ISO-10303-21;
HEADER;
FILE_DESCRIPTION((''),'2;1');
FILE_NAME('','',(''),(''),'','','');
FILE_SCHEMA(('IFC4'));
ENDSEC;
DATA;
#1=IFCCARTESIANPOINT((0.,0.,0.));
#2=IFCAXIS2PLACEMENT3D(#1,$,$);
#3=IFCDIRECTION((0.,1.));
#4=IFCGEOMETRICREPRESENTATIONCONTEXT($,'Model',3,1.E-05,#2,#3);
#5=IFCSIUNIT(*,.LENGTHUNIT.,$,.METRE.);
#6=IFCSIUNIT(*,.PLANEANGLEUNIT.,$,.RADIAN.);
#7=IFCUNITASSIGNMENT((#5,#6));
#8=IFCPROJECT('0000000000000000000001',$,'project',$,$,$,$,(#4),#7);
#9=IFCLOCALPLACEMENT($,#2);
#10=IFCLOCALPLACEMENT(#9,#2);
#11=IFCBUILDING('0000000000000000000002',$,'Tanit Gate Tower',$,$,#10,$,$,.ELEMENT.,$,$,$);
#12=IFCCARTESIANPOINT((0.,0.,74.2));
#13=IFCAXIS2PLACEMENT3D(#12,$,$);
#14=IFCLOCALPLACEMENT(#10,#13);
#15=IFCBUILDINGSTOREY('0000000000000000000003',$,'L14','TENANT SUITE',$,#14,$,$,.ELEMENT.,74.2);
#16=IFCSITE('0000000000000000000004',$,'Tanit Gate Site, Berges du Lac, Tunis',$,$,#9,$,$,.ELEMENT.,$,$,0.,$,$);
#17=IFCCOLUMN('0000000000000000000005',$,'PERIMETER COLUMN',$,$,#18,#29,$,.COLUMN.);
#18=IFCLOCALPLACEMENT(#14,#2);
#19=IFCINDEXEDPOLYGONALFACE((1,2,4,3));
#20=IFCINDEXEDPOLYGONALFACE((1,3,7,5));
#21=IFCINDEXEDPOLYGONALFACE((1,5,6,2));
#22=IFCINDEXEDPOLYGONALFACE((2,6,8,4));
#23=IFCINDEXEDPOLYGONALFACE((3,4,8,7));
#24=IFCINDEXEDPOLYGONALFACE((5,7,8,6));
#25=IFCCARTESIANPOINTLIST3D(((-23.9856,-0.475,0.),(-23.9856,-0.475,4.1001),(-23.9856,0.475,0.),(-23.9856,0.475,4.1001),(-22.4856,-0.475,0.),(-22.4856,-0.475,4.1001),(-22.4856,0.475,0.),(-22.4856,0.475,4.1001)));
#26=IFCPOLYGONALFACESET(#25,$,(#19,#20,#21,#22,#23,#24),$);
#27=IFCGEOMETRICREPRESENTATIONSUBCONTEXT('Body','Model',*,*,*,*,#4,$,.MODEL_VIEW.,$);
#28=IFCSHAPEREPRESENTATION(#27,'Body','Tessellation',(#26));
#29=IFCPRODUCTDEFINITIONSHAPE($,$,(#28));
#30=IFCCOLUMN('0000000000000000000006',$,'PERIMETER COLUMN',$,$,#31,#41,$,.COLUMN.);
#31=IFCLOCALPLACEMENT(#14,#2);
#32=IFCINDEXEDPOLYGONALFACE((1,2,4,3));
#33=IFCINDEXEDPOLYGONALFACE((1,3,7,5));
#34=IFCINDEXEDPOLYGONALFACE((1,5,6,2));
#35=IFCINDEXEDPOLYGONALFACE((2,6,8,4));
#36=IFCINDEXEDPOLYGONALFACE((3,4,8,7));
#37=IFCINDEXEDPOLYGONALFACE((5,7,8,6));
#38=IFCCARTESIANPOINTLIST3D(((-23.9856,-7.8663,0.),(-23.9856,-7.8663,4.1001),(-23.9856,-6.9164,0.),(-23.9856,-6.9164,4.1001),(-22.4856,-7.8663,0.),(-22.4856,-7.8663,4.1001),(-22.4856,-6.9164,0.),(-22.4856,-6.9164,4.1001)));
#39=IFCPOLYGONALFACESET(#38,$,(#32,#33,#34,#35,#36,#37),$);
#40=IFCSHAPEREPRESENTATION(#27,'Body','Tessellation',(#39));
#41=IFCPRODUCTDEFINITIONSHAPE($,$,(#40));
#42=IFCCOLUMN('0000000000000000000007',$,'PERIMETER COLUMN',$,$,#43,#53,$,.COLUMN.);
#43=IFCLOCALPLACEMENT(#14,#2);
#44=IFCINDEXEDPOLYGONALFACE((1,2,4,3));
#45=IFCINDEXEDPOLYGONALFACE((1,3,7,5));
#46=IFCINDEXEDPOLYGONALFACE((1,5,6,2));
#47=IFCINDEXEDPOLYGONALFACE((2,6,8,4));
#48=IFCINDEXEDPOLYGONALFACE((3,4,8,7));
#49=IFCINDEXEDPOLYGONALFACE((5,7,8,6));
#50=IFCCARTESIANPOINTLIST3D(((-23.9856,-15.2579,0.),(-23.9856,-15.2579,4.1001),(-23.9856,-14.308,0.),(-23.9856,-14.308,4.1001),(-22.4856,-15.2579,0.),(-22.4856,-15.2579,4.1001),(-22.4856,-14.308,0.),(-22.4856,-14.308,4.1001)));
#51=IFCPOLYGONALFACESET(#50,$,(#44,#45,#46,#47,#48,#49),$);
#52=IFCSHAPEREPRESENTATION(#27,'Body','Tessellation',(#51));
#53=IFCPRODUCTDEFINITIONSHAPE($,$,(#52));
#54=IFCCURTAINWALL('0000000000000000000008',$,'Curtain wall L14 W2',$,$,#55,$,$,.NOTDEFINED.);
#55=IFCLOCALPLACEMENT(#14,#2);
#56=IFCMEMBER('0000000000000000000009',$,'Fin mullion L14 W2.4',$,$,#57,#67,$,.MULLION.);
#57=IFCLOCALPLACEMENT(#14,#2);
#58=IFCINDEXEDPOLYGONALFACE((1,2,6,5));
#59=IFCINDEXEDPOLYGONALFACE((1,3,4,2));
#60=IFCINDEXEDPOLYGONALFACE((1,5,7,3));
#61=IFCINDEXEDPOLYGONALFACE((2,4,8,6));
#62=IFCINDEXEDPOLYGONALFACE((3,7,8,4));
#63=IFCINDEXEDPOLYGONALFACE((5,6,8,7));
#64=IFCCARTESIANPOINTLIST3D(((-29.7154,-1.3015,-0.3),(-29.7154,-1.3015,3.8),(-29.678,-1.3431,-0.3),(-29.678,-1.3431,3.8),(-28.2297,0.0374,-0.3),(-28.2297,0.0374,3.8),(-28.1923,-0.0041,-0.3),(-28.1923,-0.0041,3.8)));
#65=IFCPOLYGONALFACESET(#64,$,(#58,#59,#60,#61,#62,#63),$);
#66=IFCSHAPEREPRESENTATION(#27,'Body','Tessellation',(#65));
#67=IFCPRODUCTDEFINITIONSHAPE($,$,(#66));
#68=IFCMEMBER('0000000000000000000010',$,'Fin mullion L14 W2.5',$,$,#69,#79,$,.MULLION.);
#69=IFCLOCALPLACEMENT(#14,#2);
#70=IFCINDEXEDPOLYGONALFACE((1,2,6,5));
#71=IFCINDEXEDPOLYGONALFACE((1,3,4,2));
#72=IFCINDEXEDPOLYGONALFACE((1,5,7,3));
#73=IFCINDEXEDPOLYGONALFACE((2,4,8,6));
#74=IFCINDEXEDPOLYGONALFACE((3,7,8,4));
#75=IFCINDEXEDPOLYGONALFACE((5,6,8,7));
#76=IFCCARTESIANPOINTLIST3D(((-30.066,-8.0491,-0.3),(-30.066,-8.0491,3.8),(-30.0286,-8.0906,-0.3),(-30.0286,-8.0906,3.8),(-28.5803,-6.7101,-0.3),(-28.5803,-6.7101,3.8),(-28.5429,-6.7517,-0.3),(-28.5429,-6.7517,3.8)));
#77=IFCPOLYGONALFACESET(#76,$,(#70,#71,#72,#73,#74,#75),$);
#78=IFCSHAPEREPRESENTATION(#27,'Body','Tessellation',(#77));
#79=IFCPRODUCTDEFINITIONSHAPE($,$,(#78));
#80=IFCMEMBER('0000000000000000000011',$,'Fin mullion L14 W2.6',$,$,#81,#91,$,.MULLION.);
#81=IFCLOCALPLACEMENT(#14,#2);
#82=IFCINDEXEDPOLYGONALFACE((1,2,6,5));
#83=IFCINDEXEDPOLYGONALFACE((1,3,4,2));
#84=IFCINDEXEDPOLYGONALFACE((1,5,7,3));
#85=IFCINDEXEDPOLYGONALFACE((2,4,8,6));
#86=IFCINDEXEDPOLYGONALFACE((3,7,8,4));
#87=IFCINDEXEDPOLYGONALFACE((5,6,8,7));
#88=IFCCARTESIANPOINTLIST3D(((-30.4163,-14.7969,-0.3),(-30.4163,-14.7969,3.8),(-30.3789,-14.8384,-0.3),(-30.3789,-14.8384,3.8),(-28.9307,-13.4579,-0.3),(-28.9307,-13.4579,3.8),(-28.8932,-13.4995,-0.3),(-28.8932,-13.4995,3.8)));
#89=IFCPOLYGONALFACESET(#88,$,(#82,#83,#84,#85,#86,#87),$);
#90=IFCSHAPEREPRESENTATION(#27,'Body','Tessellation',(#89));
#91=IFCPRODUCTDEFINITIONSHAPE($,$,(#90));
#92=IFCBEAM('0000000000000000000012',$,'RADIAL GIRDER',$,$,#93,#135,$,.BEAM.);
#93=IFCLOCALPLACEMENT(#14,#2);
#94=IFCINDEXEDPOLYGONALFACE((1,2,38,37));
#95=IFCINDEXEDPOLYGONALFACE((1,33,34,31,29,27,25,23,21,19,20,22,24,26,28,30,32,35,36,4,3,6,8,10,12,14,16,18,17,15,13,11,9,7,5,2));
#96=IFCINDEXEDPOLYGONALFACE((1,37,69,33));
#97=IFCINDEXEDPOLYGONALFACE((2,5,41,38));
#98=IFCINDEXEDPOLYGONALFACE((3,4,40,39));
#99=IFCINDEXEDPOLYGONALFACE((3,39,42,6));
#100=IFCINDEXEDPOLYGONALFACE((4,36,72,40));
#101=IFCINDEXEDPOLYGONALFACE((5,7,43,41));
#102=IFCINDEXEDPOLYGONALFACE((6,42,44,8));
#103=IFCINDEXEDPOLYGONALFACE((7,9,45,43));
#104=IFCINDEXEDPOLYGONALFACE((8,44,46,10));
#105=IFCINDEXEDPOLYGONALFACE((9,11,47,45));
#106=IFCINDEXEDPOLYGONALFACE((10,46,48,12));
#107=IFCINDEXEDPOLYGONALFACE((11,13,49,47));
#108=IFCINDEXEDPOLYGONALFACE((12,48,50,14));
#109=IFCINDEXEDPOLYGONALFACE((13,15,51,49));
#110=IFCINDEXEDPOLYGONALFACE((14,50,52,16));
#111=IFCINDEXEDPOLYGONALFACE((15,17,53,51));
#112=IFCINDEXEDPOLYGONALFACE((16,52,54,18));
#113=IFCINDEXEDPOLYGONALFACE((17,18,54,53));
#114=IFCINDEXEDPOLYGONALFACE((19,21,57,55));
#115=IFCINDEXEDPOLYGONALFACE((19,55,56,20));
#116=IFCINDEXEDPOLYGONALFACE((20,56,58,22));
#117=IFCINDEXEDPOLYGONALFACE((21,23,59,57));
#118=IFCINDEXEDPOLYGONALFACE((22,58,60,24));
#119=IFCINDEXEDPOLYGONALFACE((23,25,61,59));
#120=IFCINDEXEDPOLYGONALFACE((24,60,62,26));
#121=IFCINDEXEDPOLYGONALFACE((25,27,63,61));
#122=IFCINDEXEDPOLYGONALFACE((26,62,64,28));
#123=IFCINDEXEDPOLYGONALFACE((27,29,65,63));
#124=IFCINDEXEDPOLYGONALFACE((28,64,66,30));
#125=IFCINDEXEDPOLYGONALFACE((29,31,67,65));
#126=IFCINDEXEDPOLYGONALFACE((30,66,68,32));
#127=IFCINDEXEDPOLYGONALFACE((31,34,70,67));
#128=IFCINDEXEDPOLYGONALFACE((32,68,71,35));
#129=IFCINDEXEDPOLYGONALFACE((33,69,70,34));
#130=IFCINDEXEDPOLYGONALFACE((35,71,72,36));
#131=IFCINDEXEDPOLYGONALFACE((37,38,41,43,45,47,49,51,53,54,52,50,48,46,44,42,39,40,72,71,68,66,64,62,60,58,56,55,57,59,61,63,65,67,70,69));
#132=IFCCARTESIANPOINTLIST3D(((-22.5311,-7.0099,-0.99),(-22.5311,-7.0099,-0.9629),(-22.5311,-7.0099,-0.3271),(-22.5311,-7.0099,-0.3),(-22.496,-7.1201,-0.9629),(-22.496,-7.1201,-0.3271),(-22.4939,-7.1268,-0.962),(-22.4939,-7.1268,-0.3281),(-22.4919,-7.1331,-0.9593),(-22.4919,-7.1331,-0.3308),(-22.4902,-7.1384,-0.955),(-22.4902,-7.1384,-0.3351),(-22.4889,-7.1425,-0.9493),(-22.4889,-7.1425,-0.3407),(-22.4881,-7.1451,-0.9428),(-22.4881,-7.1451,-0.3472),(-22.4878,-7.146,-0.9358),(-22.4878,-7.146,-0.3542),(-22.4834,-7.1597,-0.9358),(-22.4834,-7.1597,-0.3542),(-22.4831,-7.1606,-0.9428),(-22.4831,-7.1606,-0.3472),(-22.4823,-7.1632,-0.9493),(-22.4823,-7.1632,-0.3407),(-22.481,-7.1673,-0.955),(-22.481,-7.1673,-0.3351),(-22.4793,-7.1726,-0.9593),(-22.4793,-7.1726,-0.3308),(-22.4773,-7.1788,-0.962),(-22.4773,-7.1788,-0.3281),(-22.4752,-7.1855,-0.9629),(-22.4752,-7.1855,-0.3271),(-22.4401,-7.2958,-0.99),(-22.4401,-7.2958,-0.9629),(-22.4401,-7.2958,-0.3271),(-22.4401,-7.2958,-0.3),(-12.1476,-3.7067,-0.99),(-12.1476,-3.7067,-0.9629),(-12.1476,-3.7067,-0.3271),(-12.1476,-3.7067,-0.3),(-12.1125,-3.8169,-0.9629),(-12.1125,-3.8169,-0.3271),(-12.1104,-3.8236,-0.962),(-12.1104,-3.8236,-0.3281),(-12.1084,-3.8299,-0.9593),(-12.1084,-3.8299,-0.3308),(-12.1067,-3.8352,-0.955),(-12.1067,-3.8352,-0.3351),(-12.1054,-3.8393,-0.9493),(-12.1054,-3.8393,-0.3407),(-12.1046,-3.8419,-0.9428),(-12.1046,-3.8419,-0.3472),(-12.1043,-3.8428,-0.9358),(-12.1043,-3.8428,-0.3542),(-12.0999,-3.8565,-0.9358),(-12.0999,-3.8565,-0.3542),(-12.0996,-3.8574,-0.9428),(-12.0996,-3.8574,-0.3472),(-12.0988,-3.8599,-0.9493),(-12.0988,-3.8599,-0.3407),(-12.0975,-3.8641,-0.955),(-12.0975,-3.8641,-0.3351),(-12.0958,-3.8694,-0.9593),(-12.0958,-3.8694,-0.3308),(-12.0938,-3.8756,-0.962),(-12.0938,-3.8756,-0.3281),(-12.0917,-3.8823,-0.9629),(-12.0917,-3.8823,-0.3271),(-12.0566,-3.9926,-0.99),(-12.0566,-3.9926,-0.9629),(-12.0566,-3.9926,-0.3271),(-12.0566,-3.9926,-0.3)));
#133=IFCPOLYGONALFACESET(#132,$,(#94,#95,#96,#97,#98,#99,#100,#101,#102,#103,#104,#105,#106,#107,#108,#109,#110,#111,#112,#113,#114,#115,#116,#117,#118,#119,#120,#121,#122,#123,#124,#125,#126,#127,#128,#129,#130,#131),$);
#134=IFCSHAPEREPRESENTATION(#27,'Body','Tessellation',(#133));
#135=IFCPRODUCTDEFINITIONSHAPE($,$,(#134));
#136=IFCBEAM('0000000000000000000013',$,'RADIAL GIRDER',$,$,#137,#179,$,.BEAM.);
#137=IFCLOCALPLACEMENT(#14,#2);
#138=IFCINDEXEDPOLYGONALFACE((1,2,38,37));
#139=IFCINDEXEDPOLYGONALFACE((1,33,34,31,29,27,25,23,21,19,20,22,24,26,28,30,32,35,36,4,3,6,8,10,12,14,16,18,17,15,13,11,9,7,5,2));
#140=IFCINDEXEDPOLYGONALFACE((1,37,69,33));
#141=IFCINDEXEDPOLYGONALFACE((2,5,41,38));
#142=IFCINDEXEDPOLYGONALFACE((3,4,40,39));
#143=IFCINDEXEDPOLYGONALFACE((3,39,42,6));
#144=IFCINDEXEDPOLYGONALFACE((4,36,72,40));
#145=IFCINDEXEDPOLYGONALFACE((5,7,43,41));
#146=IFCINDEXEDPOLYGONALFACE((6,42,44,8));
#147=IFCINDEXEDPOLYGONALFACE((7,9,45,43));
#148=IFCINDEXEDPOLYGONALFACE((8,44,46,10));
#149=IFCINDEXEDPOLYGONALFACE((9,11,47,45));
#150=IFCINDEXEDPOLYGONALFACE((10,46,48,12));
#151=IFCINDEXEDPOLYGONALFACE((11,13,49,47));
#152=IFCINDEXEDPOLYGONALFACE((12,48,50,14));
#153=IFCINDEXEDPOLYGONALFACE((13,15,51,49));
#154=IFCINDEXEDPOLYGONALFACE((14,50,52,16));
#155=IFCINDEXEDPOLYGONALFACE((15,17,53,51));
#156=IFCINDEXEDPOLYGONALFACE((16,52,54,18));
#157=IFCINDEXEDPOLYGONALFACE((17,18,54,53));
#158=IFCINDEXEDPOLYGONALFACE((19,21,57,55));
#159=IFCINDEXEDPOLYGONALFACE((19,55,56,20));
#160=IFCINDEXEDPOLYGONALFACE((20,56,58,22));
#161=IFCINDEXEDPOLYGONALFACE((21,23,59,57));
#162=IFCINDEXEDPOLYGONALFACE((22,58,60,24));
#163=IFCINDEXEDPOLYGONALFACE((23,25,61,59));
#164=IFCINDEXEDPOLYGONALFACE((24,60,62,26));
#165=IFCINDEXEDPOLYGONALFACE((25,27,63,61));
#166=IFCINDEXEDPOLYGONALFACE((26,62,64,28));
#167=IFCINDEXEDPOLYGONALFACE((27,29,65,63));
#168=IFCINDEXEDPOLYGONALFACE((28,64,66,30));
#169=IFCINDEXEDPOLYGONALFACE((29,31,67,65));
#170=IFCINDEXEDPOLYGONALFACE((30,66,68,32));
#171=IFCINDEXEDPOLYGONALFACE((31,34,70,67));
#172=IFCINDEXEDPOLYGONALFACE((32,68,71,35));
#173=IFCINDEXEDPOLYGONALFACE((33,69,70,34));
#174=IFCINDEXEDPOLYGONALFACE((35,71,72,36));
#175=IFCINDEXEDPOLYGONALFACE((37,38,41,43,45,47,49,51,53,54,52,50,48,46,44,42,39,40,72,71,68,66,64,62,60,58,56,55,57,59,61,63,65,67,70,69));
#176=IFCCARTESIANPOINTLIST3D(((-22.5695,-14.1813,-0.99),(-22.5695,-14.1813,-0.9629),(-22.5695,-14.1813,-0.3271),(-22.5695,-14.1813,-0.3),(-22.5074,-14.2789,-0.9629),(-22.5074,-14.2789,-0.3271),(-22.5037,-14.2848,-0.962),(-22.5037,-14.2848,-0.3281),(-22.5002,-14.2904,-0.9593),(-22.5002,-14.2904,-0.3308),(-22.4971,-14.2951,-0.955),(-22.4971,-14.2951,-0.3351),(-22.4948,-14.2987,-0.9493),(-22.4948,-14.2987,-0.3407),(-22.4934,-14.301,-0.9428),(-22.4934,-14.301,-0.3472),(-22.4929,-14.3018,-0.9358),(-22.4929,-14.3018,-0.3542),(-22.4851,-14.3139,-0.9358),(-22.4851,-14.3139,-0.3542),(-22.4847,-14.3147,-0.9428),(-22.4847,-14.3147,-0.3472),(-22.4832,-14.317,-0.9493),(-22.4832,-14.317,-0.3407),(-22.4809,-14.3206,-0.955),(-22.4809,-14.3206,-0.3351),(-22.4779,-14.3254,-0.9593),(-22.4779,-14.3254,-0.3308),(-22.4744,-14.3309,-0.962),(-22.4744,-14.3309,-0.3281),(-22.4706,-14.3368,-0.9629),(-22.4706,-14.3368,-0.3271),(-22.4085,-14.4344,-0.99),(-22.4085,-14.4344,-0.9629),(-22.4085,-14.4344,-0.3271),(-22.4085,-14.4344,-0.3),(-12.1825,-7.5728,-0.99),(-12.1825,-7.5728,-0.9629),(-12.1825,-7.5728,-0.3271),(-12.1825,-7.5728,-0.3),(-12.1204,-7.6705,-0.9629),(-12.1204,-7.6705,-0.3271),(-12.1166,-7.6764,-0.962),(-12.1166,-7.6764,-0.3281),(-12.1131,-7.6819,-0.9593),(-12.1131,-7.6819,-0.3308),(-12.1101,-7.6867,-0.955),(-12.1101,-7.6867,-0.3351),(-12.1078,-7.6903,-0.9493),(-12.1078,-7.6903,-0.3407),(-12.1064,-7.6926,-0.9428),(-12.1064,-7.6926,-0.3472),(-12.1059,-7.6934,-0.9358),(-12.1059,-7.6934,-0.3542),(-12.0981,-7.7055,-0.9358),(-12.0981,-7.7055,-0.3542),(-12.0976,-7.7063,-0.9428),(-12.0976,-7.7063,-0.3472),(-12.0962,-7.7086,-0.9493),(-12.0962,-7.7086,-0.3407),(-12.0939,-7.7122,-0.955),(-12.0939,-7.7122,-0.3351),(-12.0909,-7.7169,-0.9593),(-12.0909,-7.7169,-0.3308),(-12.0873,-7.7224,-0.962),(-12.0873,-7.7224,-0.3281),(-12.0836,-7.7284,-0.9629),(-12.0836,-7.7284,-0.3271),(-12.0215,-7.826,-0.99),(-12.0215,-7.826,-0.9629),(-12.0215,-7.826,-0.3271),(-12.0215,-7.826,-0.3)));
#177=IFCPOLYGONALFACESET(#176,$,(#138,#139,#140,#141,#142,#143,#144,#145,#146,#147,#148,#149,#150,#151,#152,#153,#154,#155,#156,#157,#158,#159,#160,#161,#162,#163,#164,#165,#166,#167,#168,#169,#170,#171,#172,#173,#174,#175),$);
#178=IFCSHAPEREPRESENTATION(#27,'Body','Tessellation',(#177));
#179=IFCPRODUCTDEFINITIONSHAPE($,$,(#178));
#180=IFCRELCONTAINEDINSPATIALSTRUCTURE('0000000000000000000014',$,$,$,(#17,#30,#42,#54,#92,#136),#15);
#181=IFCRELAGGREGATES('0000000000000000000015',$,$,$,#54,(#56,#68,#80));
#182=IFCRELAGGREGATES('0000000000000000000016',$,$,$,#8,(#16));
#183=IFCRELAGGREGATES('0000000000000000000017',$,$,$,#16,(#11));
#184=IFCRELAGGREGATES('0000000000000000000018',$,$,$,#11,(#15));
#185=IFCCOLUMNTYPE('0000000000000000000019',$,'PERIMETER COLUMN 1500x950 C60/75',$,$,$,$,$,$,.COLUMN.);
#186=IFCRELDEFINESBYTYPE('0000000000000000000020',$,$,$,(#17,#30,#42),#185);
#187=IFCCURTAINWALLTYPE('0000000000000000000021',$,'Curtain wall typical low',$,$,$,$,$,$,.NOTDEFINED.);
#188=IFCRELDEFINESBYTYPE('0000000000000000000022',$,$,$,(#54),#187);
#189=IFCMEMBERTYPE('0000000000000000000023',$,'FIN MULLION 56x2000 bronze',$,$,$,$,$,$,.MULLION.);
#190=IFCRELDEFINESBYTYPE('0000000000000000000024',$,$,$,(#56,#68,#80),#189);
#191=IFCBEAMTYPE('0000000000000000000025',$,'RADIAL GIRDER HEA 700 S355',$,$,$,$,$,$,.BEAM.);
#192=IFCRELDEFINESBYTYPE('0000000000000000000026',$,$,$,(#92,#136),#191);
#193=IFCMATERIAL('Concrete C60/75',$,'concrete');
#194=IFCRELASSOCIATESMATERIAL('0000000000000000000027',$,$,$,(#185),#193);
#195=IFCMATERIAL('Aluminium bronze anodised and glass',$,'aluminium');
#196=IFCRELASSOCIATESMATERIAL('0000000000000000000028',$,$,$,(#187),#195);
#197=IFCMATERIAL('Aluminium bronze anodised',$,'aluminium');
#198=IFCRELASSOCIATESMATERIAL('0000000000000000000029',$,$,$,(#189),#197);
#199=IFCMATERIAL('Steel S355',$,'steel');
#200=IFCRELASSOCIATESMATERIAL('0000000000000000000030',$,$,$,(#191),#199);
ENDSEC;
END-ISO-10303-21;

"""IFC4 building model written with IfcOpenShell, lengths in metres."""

from ifc_helpers import new_model, si_unit, direction, frame, origin, origin_2d, place, context, subcontext, project, spatial, rectangle, i_section, extrude, material, material_profile, profile_set, type_object, element, aggregate, save


model = new_model("IFC4")

# Units and contexts
model_context = context("Model", 3, precision=1e-05, world=origin(), true_north=direction((0.0, 1.0)))
body_context = subcontext(model_context, "Body", "Model", "MODEL_VIEW")
ifc_project = project(units=[si_unit("LENGTHUNIT", "METRE"), si_unit("PLANEANGLEUNIT", "RADIAN")], contexts=[model_context])

# Site, building, storey
site_placement = place(None, origin())
site = spatial("IfcSite", under=ifc_project, at=site_placement, Name="Tanit Gate Site, Berges du Lac, Tunis", CompositionType="ELEMENT", RefElevation=0.0)
building_placement = place(site_placement, origin())
building = spatial("IfcBuilding", under=site, at=building_placement, Name="Tanit Gate Tower", CompositionType="ELEMENT")
storey_placement = place(building_placement, frame((0.0, 0.0, 74.2)))
storey = spatial("IfcBuildingStorey", under=building, at=storey_placement, Name="L14", Description="TENANT SUITE", CompositionType="ELEMENT", Elevation=74.2)

# Columns
ifc_material_1 = material(Name="Concrete C60/75", Category="concrete")
ifc_material_profile_1 = material_profile(ifc_material_1, rectangle(XDim=1.5, YDim=0.95, at=origin_2d()), Name="RC 1500x950")
ifc_profile_set_1 = profile_set([ifc_material_profile_1], Name="Concrete C60/75")
column_type = type_object("IfcColumnType", Name="PERIMETER COLUMN 1500x950 C60/75", PredefinedType="COLUMN", material=ifc_profile_set_1)
for number, where, z_axis, x_axis, name in (
    (1, (-23.2356, 0.0, 0.0), (0.0, 0.0, 1.0), (-1.0, 0.0, 0.0), "PERIMETER COLUMN"),
    (2, (-23.2356, -7.3914, 0.0), (0.0, 0.0, 1.0), (-1.0, 0.0, 0.0), "PERIMETER COLUMN"),
    (3, (-23.2356, -14.783, 0.0), (0.0, 0.0, 1.0), (-1.0, 0.0, 0.0), "PERIMETER COLUMN"),
):
    element("IfcColumn", number, at=place(storey_placement, frame(where, z_axis=z_axis, x_axis=x_axis)), inside=storey, type_object=column_type, Name=name, PredefinedType="COLUMN", context=body_context, shape_type="SweptSolid", body=[
        extrude(rectangle(XDim=1.5, YDim=0.95, at=origin_2d()), origin(), (0.0, 0.0, 1.0), 4.1001),
    ])

# Curtain wall, members
ifc_material_2 = material(Name="Aluminium bronze anodised and glass", Category="aluminium")
curtain_wall_type = type_object("IfcCurtainWallType", Name="Curtain wall typical low", PredefinedType="NOTDEFINED", material=ifc_material_2)
curtain_wall_placement = place(storey_placement, origin())
curtain_wall = element("IfcCurtainWall", 4, at=curtain_wall_placement, inside=storey, type_object=curtain_wall_type, Name="Curtain wall L14 W2", PredefinedType="NOTDEFINED")
ifc_material_3 = material(Name="Aluminium bronze anodised", Category="aluminium")
ifc_material_profile_2 = material_profile(ifc_material_3, rectangle(XDim=2.0, YDim=0.0559, at=origin_2d()), Name="56x2000 bronze fin mullion")
ifc_profile_set_2 = profile_set([ifc_material_profile_2], Name="Aluminium bronze anodised")
member_type_1 = type_object("IfcMemberType", Name="FIN MULLION 56x2000 bronze", PredefinedType="MULLION", material=ifc_profile_set_2)
member_1_placement = place(storey_placement, frame((-28.9539, -0.6528, -0.3), z_axis=(0.0, 0.0, 1.0), x_axis=(0.742829, 0.669481, 0.0)))
member_1 = element("IfcMember", 5, at=member_1_placement, type_object=member_type_1, Name="Fin mullion L14 W2.4", PredefinedType="MULLION", context=body_context, shape_type="SweptSolid", body=[
    extrude(rectangle(XDim=2.0, YDim=0.0559, at=origin_2d()), origin(), (0.0, 0.0, 1.0), 4.1001),
])
member_2_placement = place(storey_placement, frame((-29.3044, -7.4004, -0.3), z_axis=(0.0, 0.0, 1.0), x_axis=(0.742829, 0.669481, 0.0)))
member_2 = element("IfcMember", 6, at=member_2_placement, type_object=member_type_1, Name="Fin mullion L14 W2.5", PredefinedType="MULLION", context=body_context, shape_type="SweptSolid", body=[
    extrude(rectangle(XDim=2.0, YDim=0.0559, at=origin_2d()), origin(), (0.0, 0.0, 1.0), 4.1001),
])
member_3_placement = place(storey_placement, frame((-29.6548, -14.1482, -0.3), z_axis=(0.0, 0.0, 1.0), x_axis=(0.742829, 0.669481, 0.0)))
member_3 = element("IfcMember", 7, at=member_3_placement, type_object=member_type_1, Name="Fin mullion L14 W2.6", PredefinedType="MULLION", context=body_context, shape_type="SweptSolid", body=[
    extrude(rectangle(XDim=2.0, YDim=0.0559, at=origin_2d()), origin(), (0.0, 0.0, 1.0), 4.1001),
])

# Beams
ifc_material_4 = material(Name="Steel S355", Category="steel")
ifc_material_profile_3 = material_profile(ifc_material_4, i_section(OverallWidth=0.3, OverallDepth=0.6899, WebThickness=0.0144, FlangeThickness=0.0271, FilletRadius=0.0271, at=origin_2d()), Name="HEA 700")
ifc_profile_set_3 = profile_set([ifc_material_profile_3], Name="Steel S355")
beam_type = type_object("IfcBeamType", Name="RADIAL GIRDER HEA 700 S355", PredefinedType="BEAM", material=ifc_profile_set_3)
beam_1_placement = place(storey_placement, frame((-22.4856, -7.1528, -0.645), z_axis=(0.952943, 0.303151, 0.0), x_axis=(-0.303151, 0.952943, 0.0)))
element("IfcBeam", 8, at=beam_1_placement, inside=storey, type_object=beam_type, Name="RADIAL GIRDER", PredefinedType="BEAM", context=body_context, shape_type="SweptSolid", body=[
    extrude(i_section(OverallWidth=0.3, OverallDepth=0.6899, WebThickness=0.0144, FlangeThickness=0.0271, FilletRadius=0.0271, at=origin_2d()), origin(), (0.0, 0.0, 1.0), 10.8962),
])
beam_2_placement = place(storey_placement, frame((-22.489, -14.3079, -0.645), z_axis=(0.843716, 0.53679, 0.0), x_axis=(-0.53679, 0.843716, 0.0)))
element("IfcBeam", 9, at=beam_2_placement, inside=storey, type_object=beam_type, Name="RADIAL GIRDER", PredefinedType="BEAM", context=body_context, shape_type="SweptSolid", body=[
    extrude(i_section(OverallWidth=0.3, OverallDepth=0.6899, WebThickness=0.0144, FlangeThickness=0.0271, FilletRadius=0.0271, at=origin_2d()), origin(), (0.0, 0.0, 1.0), 12.311),
])

aggregate(curtain_wall, [member_1, member_2, member_3])

save(model, "model.ifc")
